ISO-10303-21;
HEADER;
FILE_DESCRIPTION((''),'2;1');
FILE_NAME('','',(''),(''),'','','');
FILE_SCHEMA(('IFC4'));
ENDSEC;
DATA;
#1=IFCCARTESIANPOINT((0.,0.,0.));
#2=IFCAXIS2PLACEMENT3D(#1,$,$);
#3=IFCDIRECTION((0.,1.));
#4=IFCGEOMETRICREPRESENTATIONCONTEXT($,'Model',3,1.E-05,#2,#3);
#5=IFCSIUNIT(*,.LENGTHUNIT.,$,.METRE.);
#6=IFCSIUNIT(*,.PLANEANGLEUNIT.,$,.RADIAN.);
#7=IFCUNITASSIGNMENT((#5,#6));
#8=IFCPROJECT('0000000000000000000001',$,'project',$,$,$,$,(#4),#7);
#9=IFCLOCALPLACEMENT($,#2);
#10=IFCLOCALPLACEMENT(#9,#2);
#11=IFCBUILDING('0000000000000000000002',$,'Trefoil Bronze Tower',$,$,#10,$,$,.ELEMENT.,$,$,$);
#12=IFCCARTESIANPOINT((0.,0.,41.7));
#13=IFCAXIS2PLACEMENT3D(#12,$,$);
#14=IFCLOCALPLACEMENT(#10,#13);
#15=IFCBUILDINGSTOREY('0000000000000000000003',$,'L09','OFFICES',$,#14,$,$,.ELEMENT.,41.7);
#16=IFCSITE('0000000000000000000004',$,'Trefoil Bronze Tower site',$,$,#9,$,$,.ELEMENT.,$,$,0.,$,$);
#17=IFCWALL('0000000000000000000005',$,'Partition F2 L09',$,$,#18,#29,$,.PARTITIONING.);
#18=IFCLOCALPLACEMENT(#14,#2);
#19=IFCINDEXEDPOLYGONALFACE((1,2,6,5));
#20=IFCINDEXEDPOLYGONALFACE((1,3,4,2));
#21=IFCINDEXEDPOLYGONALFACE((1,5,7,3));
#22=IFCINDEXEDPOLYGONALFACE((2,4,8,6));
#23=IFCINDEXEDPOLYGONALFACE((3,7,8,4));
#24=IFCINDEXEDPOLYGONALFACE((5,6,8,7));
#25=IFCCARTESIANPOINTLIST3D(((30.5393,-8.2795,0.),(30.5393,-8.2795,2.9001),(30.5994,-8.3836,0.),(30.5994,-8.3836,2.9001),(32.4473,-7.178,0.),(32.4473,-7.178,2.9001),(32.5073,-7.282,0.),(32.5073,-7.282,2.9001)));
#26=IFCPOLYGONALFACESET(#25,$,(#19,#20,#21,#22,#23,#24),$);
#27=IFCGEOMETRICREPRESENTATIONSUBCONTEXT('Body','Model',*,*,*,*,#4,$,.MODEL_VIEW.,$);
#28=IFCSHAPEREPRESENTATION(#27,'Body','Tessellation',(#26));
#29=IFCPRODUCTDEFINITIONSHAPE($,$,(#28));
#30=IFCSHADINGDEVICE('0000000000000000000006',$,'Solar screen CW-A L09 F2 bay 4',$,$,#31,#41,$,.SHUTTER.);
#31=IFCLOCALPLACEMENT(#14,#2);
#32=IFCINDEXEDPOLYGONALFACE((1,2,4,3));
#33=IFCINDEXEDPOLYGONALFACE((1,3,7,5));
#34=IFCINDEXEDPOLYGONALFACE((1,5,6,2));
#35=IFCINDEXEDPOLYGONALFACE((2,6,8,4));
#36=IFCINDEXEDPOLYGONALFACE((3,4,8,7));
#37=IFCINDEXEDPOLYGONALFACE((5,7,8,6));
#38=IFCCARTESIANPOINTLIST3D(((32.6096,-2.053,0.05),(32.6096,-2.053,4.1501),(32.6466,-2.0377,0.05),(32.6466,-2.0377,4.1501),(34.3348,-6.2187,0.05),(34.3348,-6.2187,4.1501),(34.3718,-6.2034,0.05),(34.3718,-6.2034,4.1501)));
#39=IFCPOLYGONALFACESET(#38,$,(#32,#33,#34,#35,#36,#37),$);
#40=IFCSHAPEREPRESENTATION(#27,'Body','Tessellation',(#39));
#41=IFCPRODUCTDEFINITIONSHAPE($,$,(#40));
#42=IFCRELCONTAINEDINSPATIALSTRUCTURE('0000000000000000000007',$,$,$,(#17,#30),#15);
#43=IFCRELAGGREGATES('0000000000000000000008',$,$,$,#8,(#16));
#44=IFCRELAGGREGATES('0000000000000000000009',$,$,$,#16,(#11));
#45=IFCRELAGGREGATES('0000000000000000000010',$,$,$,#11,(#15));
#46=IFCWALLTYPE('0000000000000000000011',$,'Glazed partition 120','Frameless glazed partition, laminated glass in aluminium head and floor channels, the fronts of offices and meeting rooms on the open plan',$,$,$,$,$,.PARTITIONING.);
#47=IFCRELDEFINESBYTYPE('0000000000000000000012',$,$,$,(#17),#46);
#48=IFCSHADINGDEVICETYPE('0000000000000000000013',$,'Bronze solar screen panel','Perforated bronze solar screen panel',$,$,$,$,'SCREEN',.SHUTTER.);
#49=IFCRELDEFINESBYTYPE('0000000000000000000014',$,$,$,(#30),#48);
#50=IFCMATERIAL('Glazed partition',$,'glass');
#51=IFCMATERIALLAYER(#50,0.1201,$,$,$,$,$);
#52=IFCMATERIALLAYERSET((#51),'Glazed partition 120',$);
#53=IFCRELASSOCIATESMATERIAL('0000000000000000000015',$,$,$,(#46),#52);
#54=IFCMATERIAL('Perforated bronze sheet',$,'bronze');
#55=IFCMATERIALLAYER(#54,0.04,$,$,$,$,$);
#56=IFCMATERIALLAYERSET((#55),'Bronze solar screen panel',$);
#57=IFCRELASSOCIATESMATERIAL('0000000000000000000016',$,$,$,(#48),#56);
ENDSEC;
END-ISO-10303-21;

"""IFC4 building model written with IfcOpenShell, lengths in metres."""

from ifc_helpers import new_model, si_unit, direction, frame, frame_2d, origin, origin_2d, place, context, subcontext, project, spatial, rectangle, extrude, material, layer, layer_set, type_object, element, save


model = new_model("IFC4")

# Units and contexts
model_context = context("Model", 3, precision=1e-05, world=origin(), true_north=direction((0.0, 1.0)))
body_context = subcontext(model_context, "Body", "Model", "MODEL_VIEW")
ifc_project = project(units=[si_unit("LENGTHUNIT", "METRE"), si_unit("PLANEANGLEUNIT", "RADIAN")], contexts=[model_context])

# Site, building, storey
site_placement = place(None, origin())
site = spatial("IfcSite", under=ifc_project, at=site_placement, Name="Trefoil Bronze Tower site", CompositionType="ELEMENT", RefElevation=0.0)
building_placement = place(site_placement, origin())
building = spatial("IfcBuilding", under=site, at=building_placement, Name="Trefoil Bronze Tower", CompositionType="ELEMENT")
storey_placement = place(building_placement, frame((0.0, 0.0, 41.7)))
storey = spatial("IfcBuildingStorey", under=building, at=storey_placement, Name="L09", Description="OFFICES", CompositionType="ELEMENT", Elevation=41.7)

# Shared definitions
ifc_material_1 = material(Name="Glazed partition", Category="glass")
ifc_layer_1 = layer(ifc_material_1, 0.1201)
ifc_layer_set_1 = layer_set([ifc_layer_1], Name="Glazed partition 120")
wall_type = type_object("IfcWallType", Name="Glazed partition 120", Description="Frameless glazed partition, laminated glass in aluminium head and floor channels, the fronts of offices and meeting rooms on the open plan", PredefinedType="PARTITIONING", material=ifc_layer_set_1)

# Wall
wall_1_placement = place(storey_placement, frame((30.5693, -8.3315, 0.0), z_axis=(0.0, 0.0, 1.0), x_axis=(0.866025, 0.500001, 0.0)))
element("IfcWall", 1, at=wall_1_placement, inside=storey, type_object=wall_type, Name="Partition F2 L09", PredefinedType="PARTITIONING", context=body_context, shape_type="SweptSolid", body=[
    extrude(rectangle(XDim=2.2031, YDim=0.1201, at=frame_2d((1.1016, 0.0))), origin(), (0.0, 0.0, 1.0), 2.9001),
])

# Shading device
ifc_material_2 = material(Name="Perforated bronze sheet", Category="bronze")
ifc_layer_2 = layer(ifc_material_2, 0.04)
ifc_layer_set_2 = layer_set([ifc_layer_2], Name="Bronze solar screen panel")
shading_device_type = type_object("IfcShadingDeviceType", Name="Bronze solar screen panel", Description="Perforated bronze solar screen panel", ElementType="SCREEN", PredefinedType="SHUTTER", material=ifc_layer_set_2)
shading_device_placement = place(storey_placement, frame((33.4907, -4.1282, 0.05), z_axis=(0.0, 0.0, 1.0), x_axis=(-0.38263, 0.923902, 0.0)))
element("IfcShadingDevice", 2, at=shading_device_placement, inside=storey, type_object=shading_device_type, Name="Solar screen CW-A L09 F2 bay 4", PredefinedType="SHUTTER", context=body_context, shape_type="SweptSolid", body=[
    extrude(rectangle(XDim=4.5088, YDim=0.04, at=origin_2d()), origin(), (0.0, 0.0, 1.0), 4.1001),
])

save(model, "model.ifc")
